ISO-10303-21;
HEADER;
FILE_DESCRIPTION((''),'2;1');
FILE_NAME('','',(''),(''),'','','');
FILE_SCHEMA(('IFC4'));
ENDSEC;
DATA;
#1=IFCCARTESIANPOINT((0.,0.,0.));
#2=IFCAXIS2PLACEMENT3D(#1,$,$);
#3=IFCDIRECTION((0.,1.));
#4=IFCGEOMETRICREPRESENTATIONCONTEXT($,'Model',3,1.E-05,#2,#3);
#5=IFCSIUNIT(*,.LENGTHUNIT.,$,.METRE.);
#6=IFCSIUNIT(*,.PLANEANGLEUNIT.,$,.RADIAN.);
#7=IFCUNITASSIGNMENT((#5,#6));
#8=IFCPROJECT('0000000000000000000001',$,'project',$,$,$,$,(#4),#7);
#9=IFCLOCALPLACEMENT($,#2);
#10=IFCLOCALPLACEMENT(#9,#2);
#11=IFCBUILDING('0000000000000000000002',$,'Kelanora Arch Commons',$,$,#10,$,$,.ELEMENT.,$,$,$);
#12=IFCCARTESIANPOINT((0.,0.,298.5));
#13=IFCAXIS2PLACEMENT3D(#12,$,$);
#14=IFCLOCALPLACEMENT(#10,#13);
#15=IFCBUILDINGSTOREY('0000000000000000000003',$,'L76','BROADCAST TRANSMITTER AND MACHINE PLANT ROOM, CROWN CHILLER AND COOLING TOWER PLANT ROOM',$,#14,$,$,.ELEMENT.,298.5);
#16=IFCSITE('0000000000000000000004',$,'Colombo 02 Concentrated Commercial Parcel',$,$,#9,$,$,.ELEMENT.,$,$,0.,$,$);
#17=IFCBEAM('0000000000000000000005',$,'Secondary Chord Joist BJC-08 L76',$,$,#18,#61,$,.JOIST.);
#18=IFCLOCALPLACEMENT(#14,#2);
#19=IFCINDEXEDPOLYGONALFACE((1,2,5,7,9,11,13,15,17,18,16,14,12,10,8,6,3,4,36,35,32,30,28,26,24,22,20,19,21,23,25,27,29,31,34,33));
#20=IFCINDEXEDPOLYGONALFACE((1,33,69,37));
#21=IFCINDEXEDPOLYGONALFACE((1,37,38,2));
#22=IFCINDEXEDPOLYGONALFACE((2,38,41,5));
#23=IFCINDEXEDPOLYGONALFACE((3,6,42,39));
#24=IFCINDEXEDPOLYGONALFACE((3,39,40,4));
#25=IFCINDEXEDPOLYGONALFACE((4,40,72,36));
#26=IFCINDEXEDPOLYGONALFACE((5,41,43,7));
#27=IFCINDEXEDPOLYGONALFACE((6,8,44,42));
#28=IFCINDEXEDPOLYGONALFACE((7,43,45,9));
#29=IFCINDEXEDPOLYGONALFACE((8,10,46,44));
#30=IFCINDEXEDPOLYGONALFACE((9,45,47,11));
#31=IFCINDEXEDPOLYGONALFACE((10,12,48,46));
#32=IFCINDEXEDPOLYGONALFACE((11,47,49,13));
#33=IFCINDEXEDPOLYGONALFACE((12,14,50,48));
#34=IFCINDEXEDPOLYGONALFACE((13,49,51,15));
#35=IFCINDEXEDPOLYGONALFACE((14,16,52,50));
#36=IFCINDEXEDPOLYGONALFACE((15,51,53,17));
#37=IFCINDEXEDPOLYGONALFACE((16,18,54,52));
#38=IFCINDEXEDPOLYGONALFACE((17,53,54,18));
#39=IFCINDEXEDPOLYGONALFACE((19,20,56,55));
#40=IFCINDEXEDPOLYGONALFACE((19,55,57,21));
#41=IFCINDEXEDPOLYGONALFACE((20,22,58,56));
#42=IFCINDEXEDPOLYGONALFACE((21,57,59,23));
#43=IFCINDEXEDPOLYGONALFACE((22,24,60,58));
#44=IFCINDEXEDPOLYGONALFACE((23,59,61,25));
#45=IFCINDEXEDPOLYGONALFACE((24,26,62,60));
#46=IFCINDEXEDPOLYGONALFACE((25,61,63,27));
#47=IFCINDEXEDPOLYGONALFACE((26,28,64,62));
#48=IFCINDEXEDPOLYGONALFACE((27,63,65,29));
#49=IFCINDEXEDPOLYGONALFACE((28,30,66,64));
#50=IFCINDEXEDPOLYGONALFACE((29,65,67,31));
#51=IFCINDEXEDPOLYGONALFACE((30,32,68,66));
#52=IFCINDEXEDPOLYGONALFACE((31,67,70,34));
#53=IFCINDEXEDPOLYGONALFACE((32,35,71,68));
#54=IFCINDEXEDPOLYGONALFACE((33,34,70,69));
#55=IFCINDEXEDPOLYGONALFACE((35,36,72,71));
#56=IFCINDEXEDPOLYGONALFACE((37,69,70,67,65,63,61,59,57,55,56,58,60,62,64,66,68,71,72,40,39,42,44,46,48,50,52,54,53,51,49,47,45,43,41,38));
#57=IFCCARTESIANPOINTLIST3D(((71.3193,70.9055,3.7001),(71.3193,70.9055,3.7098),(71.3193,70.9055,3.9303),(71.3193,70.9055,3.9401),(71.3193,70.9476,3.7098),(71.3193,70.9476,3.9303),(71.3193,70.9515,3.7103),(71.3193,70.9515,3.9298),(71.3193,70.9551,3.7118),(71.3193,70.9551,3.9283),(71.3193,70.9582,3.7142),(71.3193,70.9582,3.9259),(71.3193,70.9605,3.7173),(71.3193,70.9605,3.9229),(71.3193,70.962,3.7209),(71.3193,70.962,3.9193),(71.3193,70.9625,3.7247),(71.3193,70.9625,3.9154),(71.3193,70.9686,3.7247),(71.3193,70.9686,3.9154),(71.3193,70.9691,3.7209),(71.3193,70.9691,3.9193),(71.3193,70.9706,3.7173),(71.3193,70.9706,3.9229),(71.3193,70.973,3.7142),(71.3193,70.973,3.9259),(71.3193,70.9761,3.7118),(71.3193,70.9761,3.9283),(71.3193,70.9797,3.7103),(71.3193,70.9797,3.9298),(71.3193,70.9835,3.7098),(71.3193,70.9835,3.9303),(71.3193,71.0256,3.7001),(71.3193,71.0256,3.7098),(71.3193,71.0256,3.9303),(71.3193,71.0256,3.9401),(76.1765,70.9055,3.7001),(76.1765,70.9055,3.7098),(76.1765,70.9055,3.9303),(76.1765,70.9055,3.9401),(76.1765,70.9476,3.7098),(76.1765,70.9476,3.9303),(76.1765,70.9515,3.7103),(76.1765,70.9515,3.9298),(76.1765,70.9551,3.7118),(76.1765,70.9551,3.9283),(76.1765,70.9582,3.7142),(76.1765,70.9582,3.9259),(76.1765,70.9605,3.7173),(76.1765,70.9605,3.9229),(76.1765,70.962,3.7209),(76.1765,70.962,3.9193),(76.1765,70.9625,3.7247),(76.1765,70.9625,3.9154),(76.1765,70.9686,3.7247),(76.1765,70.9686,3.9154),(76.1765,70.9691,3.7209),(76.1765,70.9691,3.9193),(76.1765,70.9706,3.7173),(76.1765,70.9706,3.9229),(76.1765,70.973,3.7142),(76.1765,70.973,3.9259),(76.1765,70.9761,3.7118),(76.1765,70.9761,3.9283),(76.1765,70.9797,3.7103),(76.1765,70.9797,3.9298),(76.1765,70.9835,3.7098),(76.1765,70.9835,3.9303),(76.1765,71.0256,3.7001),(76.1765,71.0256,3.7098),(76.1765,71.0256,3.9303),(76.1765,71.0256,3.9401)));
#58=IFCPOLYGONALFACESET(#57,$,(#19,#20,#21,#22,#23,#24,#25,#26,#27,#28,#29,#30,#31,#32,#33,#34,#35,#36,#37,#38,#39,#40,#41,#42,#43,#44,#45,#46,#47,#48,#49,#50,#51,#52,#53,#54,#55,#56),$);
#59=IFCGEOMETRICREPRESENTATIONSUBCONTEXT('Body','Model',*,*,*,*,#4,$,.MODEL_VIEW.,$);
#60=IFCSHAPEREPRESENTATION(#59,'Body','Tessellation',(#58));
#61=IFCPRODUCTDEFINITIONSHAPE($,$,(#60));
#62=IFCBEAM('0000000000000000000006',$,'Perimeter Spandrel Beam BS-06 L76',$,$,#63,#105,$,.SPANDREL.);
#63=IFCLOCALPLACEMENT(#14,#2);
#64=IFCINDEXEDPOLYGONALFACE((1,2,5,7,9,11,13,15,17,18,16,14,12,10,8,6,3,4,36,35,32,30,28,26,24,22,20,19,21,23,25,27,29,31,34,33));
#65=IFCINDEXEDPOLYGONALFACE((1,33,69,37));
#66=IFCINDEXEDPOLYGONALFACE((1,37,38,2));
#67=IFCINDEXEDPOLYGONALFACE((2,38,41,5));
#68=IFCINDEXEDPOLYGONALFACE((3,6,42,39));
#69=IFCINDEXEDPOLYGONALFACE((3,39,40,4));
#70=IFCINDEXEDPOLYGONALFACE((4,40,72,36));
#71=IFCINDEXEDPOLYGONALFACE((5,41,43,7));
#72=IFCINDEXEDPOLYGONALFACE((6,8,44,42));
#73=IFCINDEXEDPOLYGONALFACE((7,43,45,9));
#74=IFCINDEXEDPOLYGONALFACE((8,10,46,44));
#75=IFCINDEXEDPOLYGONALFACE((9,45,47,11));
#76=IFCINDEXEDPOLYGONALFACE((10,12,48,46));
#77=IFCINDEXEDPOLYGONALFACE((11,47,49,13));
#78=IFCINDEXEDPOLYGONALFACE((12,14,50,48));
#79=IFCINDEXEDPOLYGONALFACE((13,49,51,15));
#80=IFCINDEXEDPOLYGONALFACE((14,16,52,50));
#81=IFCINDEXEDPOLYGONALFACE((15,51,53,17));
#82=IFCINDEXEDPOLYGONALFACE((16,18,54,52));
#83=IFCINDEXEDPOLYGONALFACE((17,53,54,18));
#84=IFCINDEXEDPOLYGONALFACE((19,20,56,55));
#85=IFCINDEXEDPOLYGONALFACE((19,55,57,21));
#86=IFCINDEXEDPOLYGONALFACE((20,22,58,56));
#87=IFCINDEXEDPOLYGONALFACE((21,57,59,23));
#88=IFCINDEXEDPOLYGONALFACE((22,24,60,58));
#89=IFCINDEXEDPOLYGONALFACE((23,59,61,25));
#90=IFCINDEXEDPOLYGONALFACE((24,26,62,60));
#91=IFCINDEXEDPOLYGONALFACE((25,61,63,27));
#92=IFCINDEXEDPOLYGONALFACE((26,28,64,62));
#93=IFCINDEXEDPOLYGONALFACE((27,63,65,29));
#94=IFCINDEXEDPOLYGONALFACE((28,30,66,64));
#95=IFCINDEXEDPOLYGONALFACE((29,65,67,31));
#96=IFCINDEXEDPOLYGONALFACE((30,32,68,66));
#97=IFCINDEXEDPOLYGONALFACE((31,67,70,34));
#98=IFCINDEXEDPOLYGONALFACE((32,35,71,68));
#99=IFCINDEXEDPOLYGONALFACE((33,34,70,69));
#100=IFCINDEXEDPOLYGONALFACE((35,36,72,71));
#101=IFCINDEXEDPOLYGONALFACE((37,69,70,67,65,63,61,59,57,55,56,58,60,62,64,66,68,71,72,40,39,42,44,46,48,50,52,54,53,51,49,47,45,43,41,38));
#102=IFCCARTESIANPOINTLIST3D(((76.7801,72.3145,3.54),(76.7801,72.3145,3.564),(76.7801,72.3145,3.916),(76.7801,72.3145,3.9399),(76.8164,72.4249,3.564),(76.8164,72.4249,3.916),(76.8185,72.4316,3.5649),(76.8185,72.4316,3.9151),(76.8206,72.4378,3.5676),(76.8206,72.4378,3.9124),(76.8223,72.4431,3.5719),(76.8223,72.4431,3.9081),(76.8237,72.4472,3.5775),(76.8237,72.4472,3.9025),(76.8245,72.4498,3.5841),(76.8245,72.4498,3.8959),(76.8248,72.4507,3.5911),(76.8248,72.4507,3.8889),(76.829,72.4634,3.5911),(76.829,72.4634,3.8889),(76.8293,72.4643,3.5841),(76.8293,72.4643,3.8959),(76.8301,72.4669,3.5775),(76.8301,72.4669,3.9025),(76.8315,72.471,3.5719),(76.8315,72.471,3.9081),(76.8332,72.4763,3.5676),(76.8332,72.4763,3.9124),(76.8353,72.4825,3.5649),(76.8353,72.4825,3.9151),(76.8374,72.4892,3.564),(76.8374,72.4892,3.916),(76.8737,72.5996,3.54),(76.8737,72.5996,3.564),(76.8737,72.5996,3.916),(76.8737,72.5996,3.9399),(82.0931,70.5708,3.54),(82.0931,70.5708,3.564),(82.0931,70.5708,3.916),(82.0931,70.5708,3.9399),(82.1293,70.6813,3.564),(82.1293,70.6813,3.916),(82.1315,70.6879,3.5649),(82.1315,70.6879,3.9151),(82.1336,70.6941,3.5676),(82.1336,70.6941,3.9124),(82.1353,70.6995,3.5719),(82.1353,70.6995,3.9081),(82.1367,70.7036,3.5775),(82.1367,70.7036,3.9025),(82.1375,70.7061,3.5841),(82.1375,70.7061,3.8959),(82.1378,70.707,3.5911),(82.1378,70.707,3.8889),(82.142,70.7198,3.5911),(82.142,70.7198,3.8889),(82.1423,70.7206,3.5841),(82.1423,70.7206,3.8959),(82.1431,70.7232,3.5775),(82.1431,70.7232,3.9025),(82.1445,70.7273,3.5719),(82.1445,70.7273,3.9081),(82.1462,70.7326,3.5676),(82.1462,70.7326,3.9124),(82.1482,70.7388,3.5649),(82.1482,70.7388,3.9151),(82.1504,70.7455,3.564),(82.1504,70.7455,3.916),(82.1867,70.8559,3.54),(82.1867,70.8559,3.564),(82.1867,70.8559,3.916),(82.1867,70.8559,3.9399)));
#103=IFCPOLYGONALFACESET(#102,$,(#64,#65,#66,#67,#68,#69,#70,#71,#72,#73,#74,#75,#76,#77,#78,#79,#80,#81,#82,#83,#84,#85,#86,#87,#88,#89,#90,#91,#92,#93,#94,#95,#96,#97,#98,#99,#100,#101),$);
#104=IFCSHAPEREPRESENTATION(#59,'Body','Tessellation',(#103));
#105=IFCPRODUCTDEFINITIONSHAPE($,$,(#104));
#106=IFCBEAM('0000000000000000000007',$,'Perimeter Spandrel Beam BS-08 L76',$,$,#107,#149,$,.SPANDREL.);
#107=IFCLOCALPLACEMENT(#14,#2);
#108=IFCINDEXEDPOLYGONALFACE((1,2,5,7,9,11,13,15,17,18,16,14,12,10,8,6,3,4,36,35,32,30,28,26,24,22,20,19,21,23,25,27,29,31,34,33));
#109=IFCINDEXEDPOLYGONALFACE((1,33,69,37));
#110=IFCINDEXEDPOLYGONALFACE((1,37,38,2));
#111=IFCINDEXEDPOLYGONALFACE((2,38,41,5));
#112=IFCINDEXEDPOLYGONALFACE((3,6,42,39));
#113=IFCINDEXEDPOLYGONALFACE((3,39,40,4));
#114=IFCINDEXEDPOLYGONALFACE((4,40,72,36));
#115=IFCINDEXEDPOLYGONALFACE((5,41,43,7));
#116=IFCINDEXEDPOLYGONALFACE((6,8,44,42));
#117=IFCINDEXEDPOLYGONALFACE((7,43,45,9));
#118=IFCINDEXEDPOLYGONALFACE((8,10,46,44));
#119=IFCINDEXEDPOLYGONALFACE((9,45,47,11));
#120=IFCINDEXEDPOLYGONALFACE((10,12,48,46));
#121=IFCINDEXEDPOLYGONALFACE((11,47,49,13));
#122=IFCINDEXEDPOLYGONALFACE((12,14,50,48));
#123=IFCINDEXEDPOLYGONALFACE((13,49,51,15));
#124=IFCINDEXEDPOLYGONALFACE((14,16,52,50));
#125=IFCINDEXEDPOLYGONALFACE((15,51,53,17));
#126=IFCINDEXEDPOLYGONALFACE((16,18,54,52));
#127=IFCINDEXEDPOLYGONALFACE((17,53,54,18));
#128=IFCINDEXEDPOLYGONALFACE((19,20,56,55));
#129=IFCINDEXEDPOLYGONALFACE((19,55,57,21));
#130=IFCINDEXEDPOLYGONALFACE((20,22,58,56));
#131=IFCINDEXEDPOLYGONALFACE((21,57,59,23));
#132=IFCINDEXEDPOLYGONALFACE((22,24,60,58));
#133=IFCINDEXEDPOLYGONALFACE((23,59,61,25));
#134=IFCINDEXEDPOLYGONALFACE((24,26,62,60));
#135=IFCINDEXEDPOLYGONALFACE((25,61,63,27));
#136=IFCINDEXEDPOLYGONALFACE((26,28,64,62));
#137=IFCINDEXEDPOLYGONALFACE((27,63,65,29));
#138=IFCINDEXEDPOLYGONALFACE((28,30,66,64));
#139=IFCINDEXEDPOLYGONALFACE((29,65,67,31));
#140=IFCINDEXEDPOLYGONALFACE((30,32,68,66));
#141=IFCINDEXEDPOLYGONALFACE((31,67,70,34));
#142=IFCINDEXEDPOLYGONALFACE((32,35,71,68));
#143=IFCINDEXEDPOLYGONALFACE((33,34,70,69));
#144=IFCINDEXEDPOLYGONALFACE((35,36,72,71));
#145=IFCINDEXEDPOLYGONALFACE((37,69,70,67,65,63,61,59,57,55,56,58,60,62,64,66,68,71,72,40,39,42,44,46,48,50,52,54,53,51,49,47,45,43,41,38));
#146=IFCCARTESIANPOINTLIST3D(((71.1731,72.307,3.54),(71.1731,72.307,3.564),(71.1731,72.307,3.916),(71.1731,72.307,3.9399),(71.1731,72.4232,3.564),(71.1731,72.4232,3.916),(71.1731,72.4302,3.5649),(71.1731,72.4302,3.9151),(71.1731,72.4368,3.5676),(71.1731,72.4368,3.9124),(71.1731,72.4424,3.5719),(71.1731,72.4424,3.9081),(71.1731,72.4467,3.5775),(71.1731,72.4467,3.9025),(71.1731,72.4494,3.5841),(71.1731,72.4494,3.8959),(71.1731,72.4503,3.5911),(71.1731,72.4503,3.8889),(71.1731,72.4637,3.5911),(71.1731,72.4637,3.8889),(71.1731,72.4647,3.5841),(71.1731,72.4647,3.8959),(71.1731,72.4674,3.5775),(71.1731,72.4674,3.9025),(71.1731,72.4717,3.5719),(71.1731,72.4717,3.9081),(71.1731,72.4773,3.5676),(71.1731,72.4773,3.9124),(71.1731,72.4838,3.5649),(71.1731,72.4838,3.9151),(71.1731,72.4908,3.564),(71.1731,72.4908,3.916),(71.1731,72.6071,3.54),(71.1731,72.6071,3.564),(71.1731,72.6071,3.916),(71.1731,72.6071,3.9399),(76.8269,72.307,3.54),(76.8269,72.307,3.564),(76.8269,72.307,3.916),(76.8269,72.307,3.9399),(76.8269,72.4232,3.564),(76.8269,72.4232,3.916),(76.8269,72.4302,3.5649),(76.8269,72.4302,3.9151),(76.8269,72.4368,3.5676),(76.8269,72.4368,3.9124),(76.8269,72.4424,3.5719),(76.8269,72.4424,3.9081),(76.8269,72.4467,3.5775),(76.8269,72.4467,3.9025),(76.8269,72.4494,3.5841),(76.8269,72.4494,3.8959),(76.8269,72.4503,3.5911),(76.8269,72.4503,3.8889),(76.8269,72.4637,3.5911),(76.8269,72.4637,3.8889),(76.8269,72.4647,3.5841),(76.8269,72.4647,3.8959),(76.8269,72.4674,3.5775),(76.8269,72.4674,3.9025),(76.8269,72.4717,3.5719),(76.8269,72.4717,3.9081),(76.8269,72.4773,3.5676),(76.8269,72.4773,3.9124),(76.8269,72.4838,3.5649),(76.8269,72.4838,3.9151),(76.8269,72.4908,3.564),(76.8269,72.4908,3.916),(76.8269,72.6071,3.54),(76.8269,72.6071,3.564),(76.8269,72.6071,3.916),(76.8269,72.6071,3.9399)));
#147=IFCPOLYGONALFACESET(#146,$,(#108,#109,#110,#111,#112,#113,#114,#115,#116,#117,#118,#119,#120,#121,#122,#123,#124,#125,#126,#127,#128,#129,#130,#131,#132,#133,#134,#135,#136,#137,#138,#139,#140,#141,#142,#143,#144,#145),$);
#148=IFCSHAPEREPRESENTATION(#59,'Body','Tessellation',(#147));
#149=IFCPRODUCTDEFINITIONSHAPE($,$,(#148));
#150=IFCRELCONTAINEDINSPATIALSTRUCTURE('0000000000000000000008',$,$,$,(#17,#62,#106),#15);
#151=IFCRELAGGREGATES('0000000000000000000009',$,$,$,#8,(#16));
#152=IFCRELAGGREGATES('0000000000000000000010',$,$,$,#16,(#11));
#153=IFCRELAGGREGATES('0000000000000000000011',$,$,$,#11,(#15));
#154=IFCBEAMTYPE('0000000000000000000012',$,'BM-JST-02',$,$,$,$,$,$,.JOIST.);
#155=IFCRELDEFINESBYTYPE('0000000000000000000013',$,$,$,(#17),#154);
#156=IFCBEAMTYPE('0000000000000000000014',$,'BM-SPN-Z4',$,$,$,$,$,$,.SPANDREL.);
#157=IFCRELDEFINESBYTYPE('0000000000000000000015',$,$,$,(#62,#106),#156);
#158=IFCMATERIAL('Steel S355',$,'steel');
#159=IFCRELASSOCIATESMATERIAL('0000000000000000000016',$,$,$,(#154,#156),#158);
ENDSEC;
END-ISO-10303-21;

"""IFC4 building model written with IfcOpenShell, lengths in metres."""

from ifc_helpers import new_model, si_unit, direction, frame, origin, origin_2d, place, context, subcontext, project, spatial, i_section, extrude, material, material_profile, profile_set, type_object, element, save


model = new_model("IFC4")

# Units and contexts
model_context = context("Model", 3, precision=1e-05, world=origin(), true_north=direction((0.0, 1.0)))
body_context = subcontext(model_context, "Body", "Model", "MODEL_VIEW")
ifc_project = project(units=[si_unit("LENGTHUNIT", "METRE"), si_unit("PLANEANGLEUNIT", "RADIAN")], contexts=[model_context])

# Site, building, storey
site_placement = place(None, origin())
site = spatial("IfcSite", under=ifc_project, at=site_placement, Name="Colombo 02 Concentrated Commercial Parcel", CompositionType="ELEMENT", RefElevation=0.0)
building_placement = place(site_placement, origin())
building = spatial("IfcBuilding", under=site, at=building_placement, Name="Kelanora Arch Commons", CompositionType="ELEMENT")
storey_placement = place(building_placement, frame((0.0, 0.0, 298.5)))
storey = spatial("IfcBuildingStorey", under=building, at=storey_placement, Name="L76", Description="BROADCAST TRANSMITTER AND MACHINE PLANT ROOM, CROWN CHILLER AND COOLING TOWER PLANT ROOM", CompositionType="ELEMENT", Elevation=298.5)

# Beams
ifc_material_1 = material(Name="Steel S355", Category="steel")
ifc_material_profile_1 = material_profile(ifc_material_1, i_section(OverallWidth=0.1201, OverallDepth=0.24, WebThickness=0.0061, FlangeThickness=0.0098, FilletRadius=0.0149, at=origin_2d()), Name="IPE240")
ifc_profile_set_1 = profile_set([ifc_material_profile_1], Name="Steel S355")
beam_type_1 = type_object("IfcBeamType", Name="BM-JST-02", PredefinedType="JOIST", material=ifc_profile_set_1)
beam_1_placement = place(storey_placement, frame((76.1765, 70.9656, 3.8201), z_axis=(-1.0, 0.0, 0.0), x_axis=(0.0, -1.0, 0.0)))
element("IfcBeam", 1, at=beam_1_placement, inside=storey, type_object=beam_type_1, Name="Secondary Chord Joist BJC-08 L76", PredefinedType="JOIST", context=body_context, shape_type="SweptSolid", body=[
    extrude(i_section(OverallWidth=0.1201, OverallDepth=0.24, WebThickness=0.0061, FlangeThickness=0.0098, FilletRadius=0.0149, at=origin_2d()), origin(), (0.0, 0.0, 1.0), 4.8572),
])
ifc_material_profile_2 = material_profile(ifc_material_1, i_section(OverallWidth=0.3, OverallDepth=0.3999, WebThickness=0.0134, FlangeThickness=0.0239, FilletRadius=0.0271, at=origin_2d()), Name="HEB400")
ifc_profile_set_2 = profile_set([ifc_material_profile_2], Name="Steel S355")
beam_type_2 = type_object("IfcBeamType", Name="BM-SPN-Z4", PredefinedType="SPANDREL", material=ifc_profile_set_2)
beam_2_placement = place(storey_placement, frame((82.1399, 70.7134, 3.74), z_axis=(-0.95014, 0.311823, 0.0), x_axis=(-0.311823, -0.95014, 0.0)))
element("IfcBeam", 2, at=beam_2_placement, inside=storey, type_object=beam_type_2, Name="Perimeter Spandrel Beam BS-06 L76", PredefinedType="SPANDREL", context=body_context, shape_type="SweptSolid", body=[
    extrude(i_section(OverallWidth=0.3, OverallDepth=0.3999, WebThickness=0.0134, FlangeThickness=0.0239, FilletRadius=0.0271, at=origin_2d()), origin(), (0.0, 0.0, 1.0), 5.5918),
])
beam_3_placement = place(storey_placement, frame((76.8269, 72.457, 3.74), z_axis=(-1.0, 0.0, 0.0), x_axis=(0.0, -1.0, 0.0)))
element("IfcBeam", 3, at=beam_3_placement, inside=storey, type_object=beam_type_2, Name="Perimeter Spandrel Beam BS-08 L76", PredefinedType="SPANDREL", context=body_context, shape_type="SweptSolid", body=[
    extrude(i_section(OverallWidth=0.3, OverallDepth=0.3999, WebThickness=0.0134, FlangeThickness=0.0239, FilletRadius=0.0271, at=origin_2d()), origin(), (0.0, 0.0, 1.0), 5.6538),
])

save(model, "model.ifc")
